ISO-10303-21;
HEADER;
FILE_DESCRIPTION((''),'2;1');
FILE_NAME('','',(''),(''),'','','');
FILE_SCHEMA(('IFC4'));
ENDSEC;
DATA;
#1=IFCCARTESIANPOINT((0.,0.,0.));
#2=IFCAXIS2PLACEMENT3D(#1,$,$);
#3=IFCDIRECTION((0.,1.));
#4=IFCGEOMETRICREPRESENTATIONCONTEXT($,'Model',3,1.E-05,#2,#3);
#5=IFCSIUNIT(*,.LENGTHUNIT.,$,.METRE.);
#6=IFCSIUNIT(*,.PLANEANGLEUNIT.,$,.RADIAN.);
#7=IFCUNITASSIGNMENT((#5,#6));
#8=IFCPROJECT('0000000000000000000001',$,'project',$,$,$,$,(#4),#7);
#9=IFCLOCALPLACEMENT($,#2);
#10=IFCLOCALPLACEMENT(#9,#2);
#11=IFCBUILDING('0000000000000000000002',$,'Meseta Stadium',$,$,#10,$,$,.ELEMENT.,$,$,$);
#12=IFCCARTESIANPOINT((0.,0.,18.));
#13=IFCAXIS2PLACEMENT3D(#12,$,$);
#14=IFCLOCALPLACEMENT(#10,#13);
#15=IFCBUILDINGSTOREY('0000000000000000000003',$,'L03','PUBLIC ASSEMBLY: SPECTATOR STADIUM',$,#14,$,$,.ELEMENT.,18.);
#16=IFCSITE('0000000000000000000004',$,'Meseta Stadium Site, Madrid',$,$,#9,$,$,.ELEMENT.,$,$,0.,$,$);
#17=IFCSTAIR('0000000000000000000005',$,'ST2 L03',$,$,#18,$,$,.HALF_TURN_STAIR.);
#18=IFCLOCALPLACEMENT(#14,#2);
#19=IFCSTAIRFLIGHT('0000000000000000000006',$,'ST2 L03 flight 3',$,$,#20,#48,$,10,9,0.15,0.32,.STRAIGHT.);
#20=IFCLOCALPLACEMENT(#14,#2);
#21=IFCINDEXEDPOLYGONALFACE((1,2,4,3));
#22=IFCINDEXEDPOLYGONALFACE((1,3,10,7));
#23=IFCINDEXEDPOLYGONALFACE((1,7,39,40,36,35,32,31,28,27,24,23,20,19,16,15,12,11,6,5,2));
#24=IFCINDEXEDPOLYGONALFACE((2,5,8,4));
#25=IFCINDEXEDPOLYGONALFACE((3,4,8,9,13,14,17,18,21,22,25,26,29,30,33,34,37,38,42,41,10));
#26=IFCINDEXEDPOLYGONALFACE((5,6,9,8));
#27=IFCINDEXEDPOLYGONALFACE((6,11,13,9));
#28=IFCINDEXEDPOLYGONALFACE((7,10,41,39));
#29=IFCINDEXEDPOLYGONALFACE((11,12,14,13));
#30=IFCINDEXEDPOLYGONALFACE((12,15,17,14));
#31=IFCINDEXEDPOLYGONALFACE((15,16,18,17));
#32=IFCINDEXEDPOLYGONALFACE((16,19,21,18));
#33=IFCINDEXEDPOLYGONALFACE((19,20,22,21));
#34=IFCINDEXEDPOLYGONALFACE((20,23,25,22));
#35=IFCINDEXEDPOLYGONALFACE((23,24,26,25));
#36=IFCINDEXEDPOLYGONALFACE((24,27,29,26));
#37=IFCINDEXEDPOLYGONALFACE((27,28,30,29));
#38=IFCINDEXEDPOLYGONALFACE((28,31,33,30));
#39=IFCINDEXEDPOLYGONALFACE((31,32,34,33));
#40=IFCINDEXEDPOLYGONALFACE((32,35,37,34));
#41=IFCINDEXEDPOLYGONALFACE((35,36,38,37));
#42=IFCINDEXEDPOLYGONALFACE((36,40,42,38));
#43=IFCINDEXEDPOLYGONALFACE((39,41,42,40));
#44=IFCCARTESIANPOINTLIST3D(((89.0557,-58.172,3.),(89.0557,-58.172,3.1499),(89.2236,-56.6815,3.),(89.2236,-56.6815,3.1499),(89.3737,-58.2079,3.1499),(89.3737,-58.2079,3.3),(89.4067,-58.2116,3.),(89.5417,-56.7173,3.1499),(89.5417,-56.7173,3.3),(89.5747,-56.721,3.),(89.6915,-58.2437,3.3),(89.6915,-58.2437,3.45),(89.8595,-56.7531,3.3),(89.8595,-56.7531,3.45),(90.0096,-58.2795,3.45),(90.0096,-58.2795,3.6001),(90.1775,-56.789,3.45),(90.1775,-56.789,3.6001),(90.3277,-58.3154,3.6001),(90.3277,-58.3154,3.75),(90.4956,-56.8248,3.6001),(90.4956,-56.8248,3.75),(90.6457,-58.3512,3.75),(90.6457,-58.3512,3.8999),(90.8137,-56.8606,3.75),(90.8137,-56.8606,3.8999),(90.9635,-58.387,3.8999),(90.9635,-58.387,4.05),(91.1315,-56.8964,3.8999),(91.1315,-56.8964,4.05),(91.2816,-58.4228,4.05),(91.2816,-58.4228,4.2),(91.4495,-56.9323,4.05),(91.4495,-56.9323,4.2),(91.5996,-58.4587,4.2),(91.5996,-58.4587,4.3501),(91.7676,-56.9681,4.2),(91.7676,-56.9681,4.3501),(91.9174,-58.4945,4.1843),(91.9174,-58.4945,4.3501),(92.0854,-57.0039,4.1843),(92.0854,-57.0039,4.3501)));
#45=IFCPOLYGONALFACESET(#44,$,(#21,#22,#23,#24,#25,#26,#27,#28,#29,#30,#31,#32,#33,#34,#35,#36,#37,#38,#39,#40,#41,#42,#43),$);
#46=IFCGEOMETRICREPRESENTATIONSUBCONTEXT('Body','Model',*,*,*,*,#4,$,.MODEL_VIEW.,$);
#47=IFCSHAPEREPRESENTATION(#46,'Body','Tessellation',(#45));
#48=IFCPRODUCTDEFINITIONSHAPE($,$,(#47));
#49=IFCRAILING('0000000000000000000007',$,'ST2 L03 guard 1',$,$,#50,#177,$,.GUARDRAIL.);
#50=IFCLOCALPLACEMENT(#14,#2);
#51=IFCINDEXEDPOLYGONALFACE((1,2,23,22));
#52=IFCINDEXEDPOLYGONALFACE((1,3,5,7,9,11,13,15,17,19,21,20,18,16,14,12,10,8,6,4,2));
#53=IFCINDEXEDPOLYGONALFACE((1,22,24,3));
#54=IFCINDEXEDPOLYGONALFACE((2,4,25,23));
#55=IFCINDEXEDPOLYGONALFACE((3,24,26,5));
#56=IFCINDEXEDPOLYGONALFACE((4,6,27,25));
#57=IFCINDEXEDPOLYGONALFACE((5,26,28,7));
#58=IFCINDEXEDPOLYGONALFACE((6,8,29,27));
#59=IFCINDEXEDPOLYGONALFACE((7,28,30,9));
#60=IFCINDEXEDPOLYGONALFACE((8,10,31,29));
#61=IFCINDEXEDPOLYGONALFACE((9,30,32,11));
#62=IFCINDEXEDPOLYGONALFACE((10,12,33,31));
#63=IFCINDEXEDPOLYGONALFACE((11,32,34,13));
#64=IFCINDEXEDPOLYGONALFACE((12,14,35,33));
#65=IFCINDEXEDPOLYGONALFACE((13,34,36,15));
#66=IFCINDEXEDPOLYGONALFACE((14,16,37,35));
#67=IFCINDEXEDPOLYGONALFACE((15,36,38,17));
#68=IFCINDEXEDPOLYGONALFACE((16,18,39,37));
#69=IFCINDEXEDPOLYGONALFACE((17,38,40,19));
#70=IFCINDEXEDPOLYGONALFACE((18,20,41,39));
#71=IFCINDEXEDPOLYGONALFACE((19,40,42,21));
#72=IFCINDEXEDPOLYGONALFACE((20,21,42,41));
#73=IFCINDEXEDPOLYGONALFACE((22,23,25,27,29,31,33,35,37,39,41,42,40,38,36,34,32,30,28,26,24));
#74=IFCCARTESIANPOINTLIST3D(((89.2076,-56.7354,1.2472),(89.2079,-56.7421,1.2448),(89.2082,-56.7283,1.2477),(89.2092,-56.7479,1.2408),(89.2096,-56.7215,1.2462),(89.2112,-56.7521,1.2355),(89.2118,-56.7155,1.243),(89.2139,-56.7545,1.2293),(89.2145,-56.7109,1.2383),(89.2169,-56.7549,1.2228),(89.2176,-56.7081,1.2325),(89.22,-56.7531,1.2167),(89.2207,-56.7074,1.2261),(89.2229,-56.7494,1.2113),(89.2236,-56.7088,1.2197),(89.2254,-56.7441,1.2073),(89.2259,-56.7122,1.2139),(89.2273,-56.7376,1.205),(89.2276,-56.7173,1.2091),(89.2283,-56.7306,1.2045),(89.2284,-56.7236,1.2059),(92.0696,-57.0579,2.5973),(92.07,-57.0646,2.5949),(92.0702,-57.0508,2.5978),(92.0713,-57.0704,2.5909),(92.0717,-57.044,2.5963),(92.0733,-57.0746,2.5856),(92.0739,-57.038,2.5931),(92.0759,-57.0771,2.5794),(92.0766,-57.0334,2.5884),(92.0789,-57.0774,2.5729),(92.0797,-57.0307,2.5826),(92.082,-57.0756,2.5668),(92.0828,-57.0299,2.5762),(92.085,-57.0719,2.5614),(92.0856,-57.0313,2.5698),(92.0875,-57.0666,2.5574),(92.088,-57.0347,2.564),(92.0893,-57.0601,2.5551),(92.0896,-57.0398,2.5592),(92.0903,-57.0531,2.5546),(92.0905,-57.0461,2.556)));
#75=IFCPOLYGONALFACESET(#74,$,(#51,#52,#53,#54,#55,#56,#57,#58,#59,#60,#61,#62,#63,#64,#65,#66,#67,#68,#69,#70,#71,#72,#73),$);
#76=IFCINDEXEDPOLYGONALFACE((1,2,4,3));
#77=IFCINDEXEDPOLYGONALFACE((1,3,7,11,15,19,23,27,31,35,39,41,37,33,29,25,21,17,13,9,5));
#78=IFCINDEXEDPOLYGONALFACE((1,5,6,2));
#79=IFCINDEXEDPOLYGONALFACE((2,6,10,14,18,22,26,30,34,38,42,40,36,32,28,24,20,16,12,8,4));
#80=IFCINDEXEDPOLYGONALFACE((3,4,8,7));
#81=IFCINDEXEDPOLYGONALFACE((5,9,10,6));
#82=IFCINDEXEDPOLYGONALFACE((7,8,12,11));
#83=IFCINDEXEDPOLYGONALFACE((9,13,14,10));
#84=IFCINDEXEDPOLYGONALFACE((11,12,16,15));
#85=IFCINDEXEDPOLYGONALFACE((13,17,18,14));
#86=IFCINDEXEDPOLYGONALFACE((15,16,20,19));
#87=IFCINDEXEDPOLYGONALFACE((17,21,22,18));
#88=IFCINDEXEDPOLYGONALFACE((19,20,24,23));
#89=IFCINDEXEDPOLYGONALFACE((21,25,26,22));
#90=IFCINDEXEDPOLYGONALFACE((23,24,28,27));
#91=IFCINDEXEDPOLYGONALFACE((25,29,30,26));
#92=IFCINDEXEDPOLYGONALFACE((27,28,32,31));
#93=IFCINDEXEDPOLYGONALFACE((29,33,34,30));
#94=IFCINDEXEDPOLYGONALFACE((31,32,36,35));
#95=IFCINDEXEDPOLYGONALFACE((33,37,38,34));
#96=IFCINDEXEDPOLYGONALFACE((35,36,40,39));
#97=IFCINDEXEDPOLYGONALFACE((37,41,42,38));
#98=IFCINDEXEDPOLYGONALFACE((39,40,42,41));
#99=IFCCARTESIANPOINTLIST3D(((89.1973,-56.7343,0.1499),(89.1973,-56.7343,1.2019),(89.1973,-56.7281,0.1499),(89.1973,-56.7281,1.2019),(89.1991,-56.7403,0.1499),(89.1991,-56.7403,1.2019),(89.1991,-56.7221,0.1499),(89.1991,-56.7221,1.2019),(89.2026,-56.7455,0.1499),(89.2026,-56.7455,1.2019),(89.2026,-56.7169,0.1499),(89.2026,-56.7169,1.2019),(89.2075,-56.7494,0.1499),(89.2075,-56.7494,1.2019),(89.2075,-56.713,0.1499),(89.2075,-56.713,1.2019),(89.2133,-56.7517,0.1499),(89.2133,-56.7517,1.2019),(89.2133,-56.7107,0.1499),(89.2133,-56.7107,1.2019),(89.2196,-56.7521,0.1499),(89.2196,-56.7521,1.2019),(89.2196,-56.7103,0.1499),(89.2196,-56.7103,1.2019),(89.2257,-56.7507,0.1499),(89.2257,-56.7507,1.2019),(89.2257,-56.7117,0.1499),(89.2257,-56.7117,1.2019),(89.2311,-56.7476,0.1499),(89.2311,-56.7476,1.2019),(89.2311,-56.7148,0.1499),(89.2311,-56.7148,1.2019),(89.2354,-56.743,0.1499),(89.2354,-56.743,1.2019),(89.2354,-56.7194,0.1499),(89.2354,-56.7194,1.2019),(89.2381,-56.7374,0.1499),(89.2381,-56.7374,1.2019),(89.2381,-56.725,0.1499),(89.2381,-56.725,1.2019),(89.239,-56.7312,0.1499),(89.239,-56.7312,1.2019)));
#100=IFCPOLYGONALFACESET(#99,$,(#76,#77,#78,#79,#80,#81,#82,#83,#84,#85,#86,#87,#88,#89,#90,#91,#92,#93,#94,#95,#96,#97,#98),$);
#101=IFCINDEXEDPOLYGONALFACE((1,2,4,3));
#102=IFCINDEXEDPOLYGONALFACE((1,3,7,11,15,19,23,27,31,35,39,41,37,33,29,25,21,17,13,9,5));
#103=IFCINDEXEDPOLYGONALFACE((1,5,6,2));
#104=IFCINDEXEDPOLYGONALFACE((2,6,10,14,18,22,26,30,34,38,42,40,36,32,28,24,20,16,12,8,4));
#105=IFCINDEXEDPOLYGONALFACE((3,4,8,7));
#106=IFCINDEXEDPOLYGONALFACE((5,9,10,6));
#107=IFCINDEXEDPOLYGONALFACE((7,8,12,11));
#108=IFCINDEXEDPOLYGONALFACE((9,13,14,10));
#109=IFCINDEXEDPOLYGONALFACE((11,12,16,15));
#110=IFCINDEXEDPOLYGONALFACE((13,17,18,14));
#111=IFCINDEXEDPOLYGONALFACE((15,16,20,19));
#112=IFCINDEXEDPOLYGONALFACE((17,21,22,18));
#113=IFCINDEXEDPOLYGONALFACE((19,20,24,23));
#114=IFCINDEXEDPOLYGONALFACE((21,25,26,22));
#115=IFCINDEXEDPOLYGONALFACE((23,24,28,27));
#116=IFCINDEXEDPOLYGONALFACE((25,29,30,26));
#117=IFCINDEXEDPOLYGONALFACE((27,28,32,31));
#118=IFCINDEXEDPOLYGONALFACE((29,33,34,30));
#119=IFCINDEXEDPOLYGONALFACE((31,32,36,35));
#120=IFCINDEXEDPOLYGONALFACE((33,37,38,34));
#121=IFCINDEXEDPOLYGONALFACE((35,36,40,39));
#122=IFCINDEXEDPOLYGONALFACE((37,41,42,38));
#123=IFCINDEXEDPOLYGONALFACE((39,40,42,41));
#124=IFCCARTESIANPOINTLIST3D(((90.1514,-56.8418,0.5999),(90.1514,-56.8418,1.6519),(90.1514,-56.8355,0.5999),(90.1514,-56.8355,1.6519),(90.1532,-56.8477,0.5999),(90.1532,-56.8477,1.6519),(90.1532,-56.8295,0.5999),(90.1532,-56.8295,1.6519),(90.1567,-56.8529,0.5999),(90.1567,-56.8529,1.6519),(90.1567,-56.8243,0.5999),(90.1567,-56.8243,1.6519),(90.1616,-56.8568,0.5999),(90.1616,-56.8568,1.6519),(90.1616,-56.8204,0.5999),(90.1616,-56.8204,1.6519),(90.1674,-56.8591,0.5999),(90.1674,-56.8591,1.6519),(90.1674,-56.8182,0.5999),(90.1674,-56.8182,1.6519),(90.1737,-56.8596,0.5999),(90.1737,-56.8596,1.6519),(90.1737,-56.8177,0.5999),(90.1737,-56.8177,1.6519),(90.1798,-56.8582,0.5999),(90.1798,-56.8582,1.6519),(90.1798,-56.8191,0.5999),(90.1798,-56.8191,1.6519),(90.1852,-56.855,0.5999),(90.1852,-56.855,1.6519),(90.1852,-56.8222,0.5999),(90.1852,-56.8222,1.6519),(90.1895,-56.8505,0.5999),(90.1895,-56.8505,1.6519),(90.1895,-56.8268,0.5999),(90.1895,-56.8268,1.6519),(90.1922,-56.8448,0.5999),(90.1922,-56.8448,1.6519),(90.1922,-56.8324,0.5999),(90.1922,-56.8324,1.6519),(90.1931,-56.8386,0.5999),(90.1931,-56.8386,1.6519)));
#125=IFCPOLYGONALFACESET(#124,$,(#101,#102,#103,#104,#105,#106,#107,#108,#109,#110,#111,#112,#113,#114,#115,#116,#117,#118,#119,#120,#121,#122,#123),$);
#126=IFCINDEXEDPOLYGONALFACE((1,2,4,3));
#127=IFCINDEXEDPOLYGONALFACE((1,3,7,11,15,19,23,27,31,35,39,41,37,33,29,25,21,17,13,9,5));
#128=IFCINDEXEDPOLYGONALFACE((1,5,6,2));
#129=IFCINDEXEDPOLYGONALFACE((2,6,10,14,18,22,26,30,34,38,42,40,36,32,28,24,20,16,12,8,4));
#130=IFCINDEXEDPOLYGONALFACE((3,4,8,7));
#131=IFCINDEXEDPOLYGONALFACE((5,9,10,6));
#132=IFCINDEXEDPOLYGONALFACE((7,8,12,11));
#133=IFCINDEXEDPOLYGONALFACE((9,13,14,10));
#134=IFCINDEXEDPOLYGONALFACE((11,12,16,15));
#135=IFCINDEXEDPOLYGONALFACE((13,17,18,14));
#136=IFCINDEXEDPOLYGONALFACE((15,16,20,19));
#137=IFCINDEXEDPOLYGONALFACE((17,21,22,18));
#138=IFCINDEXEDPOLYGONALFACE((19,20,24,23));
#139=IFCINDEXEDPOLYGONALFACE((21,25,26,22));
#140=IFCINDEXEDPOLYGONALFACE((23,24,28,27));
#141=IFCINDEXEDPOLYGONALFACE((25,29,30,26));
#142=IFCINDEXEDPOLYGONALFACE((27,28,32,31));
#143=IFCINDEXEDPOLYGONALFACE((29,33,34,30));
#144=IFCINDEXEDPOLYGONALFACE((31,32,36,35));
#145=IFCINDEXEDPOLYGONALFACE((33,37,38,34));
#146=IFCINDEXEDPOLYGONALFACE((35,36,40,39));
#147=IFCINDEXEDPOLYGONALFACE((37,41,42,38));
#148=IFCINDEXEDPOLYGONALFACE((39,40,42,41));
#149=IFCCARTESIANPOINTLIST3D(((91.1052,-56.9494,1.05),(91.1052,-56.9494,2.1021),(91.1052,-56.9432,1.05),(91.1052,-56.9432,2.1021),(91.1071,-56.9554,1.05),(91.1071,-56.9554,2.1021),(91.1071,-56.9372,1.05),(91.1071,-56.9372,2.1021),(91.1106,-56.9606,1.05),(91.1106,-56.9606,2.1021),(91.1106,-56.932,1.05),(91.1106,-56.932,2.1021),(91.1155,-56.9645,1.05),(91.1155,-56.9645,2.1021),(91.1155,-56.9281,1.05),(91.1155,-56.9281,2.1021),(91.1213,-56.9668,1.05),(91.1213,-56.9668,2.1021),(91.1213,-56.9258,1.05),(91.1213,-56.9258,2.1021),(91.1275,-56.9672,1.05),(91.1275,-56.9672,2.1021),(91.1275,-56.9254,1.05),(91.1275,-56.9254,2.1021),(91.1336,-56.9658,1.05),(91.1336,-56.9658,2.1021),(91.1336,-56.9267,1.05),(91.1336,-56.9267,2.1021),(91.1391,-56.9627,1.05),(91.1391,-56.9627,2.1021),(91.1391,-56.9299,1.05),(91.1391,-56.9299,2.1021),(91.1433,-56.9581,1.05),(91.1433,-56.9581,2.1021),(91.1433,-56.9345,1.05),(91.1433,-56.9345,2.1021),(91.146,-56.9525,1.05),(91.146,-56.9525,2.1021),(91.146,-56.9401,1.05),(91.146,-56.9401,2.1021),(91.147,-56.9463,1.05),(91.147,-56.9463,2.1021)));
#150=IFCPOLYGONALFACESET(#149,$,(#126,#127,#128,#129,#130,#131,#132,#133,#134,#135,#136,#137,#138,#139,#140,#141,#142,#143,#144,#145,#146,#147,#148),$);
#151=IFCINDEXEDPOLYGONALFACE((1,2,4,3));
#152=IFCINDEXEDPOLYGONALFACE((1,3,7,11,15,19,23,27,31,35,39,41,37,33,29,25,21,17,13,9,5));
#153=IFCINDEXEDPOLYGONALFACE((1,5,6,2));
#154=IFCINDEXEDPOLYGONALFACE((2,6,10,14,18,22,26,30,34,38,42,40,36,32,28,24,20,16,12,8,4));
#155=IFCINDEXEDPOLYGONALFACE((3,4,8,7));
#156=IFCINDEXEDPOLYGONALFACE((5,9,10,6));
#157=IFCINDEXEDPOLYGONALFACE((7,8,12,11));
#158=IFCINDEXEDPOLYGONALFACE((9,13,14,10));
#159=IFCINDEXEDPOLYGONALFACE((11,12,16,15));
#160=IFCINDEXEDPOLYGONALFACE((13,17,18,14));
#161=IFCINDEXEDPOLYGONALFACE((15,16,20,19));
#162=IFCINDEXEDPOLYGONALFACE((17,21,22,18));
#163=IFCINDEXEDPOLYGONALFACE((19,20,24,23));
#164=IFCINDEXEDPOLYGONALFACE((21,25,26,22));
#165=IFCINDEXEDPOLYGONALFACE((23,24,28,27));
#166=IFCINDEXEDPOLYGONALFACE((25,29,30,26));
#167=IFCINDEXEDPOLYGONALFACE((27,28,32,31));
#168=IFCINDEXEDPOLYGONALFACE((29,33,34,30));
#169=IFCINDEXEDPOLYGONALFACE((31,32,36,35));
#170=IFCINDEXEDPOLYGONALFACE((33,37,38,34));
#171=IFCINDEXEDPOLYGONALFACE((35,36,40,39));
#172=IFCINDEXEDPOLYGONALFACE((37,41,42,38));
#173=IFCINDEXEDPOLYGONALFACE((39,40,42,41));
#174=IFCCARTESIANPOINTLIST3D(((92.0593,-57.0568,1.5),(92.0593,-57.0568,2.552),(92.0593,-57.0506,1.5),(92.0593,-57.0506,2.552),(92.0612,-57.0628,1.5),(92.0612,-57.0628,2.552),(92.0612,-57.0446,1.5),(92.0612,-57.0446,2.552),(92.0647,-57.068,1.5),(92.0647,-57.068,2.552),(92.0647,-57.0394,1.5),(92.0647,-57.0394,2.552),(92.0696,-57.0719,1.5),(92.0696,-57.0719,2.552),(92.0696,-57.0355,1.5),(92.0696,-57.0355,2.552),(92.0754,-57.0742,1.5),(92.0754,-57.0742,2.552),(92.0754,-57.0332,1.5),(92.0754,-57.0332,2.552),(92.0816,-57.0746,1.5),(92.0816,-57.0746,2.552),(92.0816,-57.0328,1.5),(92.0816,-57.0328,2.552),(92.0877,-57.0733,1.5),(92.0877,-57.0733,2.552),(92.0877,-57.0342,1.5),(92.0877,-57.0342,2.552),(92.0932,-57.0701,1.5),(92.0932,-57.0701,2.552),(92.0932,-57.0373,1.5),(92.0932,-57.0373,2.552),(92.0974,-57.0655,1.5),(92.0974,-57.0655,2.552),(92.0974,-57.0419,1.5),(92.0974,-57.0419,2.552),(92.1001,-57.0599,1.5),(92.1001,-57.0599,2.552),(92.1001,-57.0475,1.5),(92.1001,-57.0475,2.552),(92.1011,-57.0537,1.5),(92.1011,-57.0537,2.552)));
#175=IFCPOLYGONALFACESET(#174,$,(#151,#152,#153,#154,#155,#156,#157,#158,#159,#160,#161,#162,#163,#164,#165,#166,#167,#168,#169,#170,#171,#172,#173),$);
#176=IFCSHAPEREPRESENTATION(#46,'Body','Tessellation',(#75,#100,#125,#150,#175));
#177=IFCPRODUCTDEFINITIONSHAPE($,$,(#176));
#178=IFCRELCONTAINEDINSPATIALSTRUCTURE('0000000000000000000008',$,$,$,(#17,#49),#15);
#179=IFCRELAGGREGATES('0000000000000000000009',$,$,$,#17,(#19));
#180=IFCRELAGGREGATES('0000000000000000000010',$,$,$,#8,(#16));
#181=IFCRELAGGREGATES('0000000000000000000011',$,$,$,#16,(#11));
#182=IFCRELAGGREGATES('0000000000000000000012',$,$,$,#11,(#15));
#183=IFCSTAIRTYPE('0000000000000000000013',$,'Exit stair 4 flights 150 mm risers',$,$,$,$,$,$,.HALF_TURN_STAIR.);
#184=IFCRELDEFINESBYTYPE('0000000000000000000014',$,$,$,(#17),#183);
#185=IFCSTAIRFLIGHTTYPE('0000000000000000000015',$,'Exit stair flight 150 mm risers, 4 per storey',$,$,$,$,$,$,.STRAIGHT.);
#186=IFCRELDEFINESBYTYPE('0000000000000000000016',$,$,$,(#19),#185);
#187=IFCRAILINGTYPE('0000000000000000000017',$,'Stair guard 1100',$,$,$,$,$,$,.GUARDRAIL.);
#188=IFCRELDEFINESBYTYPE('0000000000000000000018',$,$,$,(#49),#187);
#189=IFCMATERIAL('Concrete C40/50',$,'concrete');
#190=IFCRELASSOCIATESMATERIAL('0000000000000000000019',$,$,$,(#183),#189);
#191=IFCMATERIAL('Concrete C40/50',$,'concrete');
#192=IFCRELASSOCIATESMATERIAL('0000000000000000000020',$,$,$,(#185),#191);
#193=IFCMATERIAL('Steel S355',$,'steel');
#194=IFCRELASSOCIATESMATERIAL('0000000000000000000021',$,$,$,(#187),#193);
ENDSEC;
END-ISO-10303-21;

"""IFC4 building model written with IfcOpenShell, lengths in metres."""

from ifc_helpers import new_model, si_unit, direction, frame, origin, origin_2d, place, context, subcontext, project, spatial, polyline, circle, outline, extrude, material, type_object, element, aggregate, save


model = new_model("IFC4")

# Units and contexts
model_context = context("Model", 3, precision=1e-05, world=origin(), true_north=direction((0.0, 1.0)))
body_context = subcontext(model_context, "Body", "Model", "MODEL_VIEW")
ifc_project = project(units=[si_unit("LENGTHUNIT", "METRE"), si_unit("PLANEANGLEUNIT", "RADIAN")], contexts=[model_context])

# Site, building, storey
site_placement = place(None, origin())
site = spatial("IfcSite", under=ifc_project, at=site_placement, Name="Meseta Stadium Site, Madrid", CompositionType="ELEMENT", RefElevation=0.0)
building_placement = place(site_placement, origin())
building = spatial("IfcBuilding", under=site, at=building_placement, Name="Meseta Stadium", CompositionType="ELEMENT")
storey_placement = place(building_placement, frame((0.0, 0.0, 18.0)))
storey = spatial("IfcBuildingStorey", under=building, at=storey_placement, Name="L03", Description="PUBLIC ASSEMBLY: SPECTATOR STADIUM", CompositionType="ELEMENT", Elevation=18.0)

# Stair, stair flight
ifc_material_1 = material(Name="Concrete C40/50", Category="concrete")
stair_type = type_object("IfcStairType", Name="Exit stair 4 flights 150 mm risers", PredefinedType="HALF_TURN_STAIR", material=ifc_material_1)
stair_placement = place(storey_placement, origin())
stair = element("IfcStair", 1, at=stair_placement, inside=storey, type_object=stair_type, Name="ST2 L03", PredefinedType="HALF_TURN_STAIR")
ifc_material_2 = material(Name="Concrete C40/50", Category="concrete")
stair_flight_type = type_object("IfcStairFlightType", Name="Exit stair flight 150 mm risers, 4 per storey", PredefinedType="STRAIGHT", material=ifc_material_2)
stair_flight_placement = place(storey_placement, frame((89.1396, -57.4268, 3.0), z_axis=(0.0, 0.0, 1.0), x_axis=(0.993712, -0.111964, 0.0)))
stair_flight = element("IfcStairFlight", 2, at=stair_flight_placement, type_object=stair_flight_type, Name="ST2 L03 flight 3", NumberOfRisers=10, NumberOfTreads=9, PredefinedType="STRAIGHT", RiserHeight=0.15, TreadLength=0.32, context=body_context, shape_type="SweptSolid", body=[
    extrude(outline(polyline([(0.0, 0.0), (0.0, 0.1499), (0.3201, 0.1499), (0.3201, 0.3), (0.6399, 0.3), (0.6399, 0.45), (0.96, 0.45), (0.96, 0.6001), (1.28, 0.6001), (1.28, 0.75), (1.6001, 0.75), (1.6001, 0.8999), (1.9199, 0.8999), (1.9199, 1.05), (2.24, 1.05), (2.24, 1.2), (2.5601, 1.2), (2.5601, 1.3501), (2.8799, 1.3501), (2.8799, 1.1843), (0.3533, 0.0), (0.0, 0.0)])), frame((0.0, 0.75, 0.0), z_axis=(0.0, -1.0, 0.0), x_axis=(1.0, 0.0, 0.0)), (0.0, 0.0, 1.0), 1.5),
])
aggregate(stair, [stair_flight])

# Railing
ifc_material_3 = material(Name="Steel S355", Category="steel")
railing_type = type_object("IfcRailingType", Name="Stair guard 1100", PredefinedType="GUARDRAIL", material=ifc_material_3)
railing_1_placement = place(storey_placement, frame((89.218, -56.7312, 0.1499)))
element("IfcRailing", 3, at=railing_1_placement, inside=storey, type_object=railing_type, Name="ST2 L03 guard 1", PredefinedType="GUARDRAIL", context=body_context, shape_type="SweptSolid", body=[
    extrude(circle(Radius=0.0239, at=origin_2d()), frame((0.0, 0.0, 1.0762), z_axis=(0.899763, -0.101389, 0.424438), x_axis=(0.111976, 0.993711, 0.0)), (0.0, 0.0, 1.0), 3.1809),
    extrude(circle(Radius=0.021, at=origin_2d()), origin(), (0.0, 0.0, 1.0), 1.052),
    extrude(circle(Radius=0.021, at=origin_2d()), frame((0.9541, -0.1074, 0.45)), (0.0, 0.0, 1.0), 1.052),
    extrude(circle(Radius=0.021, at=origin_2d()), frame((1.908, -0.2151, 0.9001)), (0.0, 0.0, 1.0), 1.052),
    extrude(circle(Radius=0.021, at=origin_2d()), frame((2.8621, -0.3225, 1.3501)), (0.0, 0.0, 1.0), 1.052),
])

save(model, "model.ifc")
